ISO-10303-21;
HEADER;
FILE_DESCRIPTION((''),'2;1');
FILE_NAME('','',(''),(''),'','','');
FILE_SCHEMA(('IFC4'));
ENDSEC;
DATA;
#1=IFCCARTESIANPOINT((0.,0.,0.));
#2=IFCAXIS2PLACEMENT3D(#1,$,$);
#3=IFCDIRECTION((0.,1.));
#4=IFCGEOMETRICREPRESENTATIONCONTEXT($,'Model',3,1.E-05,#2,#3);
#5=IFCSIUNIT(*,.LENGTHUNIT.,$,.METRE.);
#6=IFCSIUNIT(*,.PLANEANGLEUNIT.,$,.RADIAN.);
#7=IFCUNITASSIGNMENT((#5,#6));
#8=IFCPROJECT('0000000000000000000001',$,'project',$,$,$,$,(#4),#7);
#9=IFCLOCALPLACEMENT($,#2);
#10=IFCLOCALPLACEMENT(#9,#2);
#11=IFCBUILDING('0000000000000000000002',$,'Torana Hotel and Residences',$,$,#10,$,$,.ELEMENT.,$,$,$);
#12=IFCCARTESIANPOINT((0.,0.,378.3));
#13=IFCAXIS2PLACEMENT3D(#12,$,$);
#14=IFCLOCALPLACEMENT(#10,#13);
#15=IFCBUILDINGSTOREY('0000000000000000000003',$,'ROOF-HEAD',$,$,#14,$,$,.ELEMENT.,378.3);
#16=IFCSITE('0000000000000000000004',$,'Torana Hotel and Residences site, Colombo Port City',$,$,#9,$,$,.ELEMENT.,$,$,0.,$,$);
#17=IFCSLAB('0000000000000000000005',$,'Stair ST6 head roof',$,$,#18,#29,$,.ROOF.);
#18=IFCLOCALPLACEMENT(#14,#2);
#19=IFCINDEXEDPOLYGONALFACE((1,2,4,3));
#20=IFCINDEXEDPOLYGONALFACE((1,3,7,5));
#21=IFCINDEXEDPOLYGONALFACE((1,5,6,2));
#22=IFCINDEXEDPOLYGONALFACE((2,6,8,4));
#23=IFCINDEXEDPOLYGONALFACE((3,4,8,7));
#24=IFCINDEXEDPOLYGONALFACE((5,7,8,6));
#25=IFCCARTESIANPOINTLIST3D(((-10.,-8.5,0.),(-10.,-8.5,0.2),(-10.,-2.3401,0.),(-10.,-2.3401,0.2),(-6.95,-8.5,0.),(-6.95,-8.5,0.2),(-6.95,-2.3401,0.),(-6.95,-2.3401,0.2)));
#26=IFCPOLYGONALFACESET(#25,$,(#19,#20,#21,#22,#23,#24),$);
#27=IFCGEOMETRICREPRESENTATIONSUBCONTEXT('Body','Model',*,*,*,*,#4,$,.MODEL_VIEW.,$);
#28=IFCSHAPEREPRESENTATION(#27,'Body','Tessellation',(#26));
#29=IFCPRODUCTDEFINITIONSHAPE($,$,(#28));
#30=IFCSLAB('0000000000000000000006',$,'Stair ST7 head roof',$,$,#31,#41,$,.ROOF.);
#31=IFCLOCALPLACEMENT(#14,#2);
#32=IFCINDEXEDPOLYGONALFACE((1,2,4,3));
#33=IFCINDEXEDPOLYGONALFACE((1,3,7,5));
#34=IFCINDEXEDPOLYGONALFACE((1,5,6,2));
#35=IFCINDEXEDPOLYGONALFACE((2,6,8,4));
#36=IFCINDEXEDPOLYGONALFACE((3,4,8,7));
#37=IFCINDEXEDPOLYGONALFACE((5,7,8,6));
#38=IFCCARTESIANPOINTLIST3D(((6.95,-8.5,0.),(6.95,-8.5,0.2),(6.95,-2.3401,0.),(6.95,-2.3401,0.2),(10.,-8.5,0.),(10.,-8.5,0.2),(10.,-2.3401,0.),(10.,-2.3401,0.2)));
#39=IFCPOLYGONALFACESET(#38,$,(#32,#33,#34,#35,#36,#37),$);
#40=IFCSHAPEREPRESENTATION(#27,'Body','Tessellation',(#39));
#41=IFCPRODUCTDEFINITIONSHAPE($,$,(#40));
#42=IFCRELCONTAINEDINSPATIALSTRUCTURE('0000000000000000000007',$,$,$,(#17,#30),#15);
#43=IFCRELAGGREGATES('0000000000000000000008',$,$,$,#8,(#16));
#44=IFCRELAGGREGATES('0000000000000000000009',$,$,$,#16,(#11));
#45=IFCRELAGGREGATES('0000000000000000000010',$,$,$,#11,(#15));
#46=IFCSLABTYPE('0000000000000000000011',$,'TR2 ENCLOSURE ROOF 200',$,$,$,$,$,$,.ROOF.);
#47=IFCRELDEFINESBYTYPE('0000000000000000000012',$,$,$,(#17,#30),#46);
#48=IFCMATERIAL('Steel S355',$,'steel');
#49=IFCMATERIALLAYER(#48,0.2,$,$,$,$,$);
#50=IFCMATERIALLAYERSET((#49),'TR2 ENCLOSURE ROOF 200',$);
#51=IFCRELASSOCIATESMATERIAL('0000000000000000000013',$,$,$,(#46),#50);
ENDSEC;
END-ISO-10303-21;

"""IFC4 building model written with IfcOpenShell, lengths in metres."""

from ifc_helpers import new_model, si_unit, direction, frame, origin, place, context, subcontext, project, spatial, polyline, outline, extrude, material, layer, layer_set, type_object, element, save


model = new_model("IFC4")

# Units and contexts
model_context = context("Model", 3, precision=1e-05, world=origin(), true_north=direction((0.0, 1.0)))
body_context = subcontext(model_context, "Body", "Model", "MODEL_VIEW")
ifc_project = project(units=[si_unit("LENGTHUNIT", "METRE"), si_unit("PLANEANGLEUNIT", "RADIAN")], contexts=[model_context])

# Site, building, storey
site_placement = place(None, origin())
site = spatial("IfcSite", under=ifc_project, at=site_placement, Name="Torana Hotel and Residences site, Colombo Port City", CompositionType="ELEMENT", RefElevation=0.0)
building_placement = place(site_placement, origin())
building = spatial("IfcBuilding", under=site, at=building_placement, Name="Torana Hotel and Residences", CompositionType="ELEMENT")
storey_placement = place(building_placement, frame((0.0, 0.0, 378.3)))
storey = spatial("IfcBuildingStorey", under=building, at=storey_placement, Name="ROOF-HEAD", CompositionType="ELEMENT", Elevation=378.3)

# Slabs
ifc_material = material(Name="Steel S355", Category="steel")
ifc_layer = layer(ifc_material, 0.2)
ifc_layer_set = layer_set([ifc_layer], Name="TR2 ENCLOSURE ROOF 200")
slab_type = type_object("IfcSlabType", Name="TR2 ENCLOSURE ROOF 200", PredefinedType="ROOF", material=ifc_layer_set)
slab_1_placement = place(storey_placement, origin())
element("IfcSlab", 1, at=slab_1_placement, inside=storey, type_object=slab_type, Name="Stair ST6 head roof", PredefinedType="ROOF", context=body_context, shape_type="SweptSolid", body=[
    extrude(outline(polyline([(-10.0, -8.5), (-6.95, -8.5), (-6.95, -2.3401), (-10.0, -2.3401), (-10.0, -8.5)])), origin(), (0.0, 0.0, 1.0), 0.2),
])
slab_2_placement = place(storey_placement, origin())
element("IfcSlab", 2, at=slab_2_placement, inside=storey, type_object=slab_type, Name="Stair ST7 head roof", PredefinedType="ROOF", context=body_context, shape_type="SweptSolid", body=[
    extrude(outline(polyline([(6.95, -8.5), (10.0, -8.5), (10.0, -2.3401), (6.95, -2.3401), (6.95, -8.5)])), origin(), (0.0, 0.0, 1.0), 0.2),
])

save(model, "model.ifc")
